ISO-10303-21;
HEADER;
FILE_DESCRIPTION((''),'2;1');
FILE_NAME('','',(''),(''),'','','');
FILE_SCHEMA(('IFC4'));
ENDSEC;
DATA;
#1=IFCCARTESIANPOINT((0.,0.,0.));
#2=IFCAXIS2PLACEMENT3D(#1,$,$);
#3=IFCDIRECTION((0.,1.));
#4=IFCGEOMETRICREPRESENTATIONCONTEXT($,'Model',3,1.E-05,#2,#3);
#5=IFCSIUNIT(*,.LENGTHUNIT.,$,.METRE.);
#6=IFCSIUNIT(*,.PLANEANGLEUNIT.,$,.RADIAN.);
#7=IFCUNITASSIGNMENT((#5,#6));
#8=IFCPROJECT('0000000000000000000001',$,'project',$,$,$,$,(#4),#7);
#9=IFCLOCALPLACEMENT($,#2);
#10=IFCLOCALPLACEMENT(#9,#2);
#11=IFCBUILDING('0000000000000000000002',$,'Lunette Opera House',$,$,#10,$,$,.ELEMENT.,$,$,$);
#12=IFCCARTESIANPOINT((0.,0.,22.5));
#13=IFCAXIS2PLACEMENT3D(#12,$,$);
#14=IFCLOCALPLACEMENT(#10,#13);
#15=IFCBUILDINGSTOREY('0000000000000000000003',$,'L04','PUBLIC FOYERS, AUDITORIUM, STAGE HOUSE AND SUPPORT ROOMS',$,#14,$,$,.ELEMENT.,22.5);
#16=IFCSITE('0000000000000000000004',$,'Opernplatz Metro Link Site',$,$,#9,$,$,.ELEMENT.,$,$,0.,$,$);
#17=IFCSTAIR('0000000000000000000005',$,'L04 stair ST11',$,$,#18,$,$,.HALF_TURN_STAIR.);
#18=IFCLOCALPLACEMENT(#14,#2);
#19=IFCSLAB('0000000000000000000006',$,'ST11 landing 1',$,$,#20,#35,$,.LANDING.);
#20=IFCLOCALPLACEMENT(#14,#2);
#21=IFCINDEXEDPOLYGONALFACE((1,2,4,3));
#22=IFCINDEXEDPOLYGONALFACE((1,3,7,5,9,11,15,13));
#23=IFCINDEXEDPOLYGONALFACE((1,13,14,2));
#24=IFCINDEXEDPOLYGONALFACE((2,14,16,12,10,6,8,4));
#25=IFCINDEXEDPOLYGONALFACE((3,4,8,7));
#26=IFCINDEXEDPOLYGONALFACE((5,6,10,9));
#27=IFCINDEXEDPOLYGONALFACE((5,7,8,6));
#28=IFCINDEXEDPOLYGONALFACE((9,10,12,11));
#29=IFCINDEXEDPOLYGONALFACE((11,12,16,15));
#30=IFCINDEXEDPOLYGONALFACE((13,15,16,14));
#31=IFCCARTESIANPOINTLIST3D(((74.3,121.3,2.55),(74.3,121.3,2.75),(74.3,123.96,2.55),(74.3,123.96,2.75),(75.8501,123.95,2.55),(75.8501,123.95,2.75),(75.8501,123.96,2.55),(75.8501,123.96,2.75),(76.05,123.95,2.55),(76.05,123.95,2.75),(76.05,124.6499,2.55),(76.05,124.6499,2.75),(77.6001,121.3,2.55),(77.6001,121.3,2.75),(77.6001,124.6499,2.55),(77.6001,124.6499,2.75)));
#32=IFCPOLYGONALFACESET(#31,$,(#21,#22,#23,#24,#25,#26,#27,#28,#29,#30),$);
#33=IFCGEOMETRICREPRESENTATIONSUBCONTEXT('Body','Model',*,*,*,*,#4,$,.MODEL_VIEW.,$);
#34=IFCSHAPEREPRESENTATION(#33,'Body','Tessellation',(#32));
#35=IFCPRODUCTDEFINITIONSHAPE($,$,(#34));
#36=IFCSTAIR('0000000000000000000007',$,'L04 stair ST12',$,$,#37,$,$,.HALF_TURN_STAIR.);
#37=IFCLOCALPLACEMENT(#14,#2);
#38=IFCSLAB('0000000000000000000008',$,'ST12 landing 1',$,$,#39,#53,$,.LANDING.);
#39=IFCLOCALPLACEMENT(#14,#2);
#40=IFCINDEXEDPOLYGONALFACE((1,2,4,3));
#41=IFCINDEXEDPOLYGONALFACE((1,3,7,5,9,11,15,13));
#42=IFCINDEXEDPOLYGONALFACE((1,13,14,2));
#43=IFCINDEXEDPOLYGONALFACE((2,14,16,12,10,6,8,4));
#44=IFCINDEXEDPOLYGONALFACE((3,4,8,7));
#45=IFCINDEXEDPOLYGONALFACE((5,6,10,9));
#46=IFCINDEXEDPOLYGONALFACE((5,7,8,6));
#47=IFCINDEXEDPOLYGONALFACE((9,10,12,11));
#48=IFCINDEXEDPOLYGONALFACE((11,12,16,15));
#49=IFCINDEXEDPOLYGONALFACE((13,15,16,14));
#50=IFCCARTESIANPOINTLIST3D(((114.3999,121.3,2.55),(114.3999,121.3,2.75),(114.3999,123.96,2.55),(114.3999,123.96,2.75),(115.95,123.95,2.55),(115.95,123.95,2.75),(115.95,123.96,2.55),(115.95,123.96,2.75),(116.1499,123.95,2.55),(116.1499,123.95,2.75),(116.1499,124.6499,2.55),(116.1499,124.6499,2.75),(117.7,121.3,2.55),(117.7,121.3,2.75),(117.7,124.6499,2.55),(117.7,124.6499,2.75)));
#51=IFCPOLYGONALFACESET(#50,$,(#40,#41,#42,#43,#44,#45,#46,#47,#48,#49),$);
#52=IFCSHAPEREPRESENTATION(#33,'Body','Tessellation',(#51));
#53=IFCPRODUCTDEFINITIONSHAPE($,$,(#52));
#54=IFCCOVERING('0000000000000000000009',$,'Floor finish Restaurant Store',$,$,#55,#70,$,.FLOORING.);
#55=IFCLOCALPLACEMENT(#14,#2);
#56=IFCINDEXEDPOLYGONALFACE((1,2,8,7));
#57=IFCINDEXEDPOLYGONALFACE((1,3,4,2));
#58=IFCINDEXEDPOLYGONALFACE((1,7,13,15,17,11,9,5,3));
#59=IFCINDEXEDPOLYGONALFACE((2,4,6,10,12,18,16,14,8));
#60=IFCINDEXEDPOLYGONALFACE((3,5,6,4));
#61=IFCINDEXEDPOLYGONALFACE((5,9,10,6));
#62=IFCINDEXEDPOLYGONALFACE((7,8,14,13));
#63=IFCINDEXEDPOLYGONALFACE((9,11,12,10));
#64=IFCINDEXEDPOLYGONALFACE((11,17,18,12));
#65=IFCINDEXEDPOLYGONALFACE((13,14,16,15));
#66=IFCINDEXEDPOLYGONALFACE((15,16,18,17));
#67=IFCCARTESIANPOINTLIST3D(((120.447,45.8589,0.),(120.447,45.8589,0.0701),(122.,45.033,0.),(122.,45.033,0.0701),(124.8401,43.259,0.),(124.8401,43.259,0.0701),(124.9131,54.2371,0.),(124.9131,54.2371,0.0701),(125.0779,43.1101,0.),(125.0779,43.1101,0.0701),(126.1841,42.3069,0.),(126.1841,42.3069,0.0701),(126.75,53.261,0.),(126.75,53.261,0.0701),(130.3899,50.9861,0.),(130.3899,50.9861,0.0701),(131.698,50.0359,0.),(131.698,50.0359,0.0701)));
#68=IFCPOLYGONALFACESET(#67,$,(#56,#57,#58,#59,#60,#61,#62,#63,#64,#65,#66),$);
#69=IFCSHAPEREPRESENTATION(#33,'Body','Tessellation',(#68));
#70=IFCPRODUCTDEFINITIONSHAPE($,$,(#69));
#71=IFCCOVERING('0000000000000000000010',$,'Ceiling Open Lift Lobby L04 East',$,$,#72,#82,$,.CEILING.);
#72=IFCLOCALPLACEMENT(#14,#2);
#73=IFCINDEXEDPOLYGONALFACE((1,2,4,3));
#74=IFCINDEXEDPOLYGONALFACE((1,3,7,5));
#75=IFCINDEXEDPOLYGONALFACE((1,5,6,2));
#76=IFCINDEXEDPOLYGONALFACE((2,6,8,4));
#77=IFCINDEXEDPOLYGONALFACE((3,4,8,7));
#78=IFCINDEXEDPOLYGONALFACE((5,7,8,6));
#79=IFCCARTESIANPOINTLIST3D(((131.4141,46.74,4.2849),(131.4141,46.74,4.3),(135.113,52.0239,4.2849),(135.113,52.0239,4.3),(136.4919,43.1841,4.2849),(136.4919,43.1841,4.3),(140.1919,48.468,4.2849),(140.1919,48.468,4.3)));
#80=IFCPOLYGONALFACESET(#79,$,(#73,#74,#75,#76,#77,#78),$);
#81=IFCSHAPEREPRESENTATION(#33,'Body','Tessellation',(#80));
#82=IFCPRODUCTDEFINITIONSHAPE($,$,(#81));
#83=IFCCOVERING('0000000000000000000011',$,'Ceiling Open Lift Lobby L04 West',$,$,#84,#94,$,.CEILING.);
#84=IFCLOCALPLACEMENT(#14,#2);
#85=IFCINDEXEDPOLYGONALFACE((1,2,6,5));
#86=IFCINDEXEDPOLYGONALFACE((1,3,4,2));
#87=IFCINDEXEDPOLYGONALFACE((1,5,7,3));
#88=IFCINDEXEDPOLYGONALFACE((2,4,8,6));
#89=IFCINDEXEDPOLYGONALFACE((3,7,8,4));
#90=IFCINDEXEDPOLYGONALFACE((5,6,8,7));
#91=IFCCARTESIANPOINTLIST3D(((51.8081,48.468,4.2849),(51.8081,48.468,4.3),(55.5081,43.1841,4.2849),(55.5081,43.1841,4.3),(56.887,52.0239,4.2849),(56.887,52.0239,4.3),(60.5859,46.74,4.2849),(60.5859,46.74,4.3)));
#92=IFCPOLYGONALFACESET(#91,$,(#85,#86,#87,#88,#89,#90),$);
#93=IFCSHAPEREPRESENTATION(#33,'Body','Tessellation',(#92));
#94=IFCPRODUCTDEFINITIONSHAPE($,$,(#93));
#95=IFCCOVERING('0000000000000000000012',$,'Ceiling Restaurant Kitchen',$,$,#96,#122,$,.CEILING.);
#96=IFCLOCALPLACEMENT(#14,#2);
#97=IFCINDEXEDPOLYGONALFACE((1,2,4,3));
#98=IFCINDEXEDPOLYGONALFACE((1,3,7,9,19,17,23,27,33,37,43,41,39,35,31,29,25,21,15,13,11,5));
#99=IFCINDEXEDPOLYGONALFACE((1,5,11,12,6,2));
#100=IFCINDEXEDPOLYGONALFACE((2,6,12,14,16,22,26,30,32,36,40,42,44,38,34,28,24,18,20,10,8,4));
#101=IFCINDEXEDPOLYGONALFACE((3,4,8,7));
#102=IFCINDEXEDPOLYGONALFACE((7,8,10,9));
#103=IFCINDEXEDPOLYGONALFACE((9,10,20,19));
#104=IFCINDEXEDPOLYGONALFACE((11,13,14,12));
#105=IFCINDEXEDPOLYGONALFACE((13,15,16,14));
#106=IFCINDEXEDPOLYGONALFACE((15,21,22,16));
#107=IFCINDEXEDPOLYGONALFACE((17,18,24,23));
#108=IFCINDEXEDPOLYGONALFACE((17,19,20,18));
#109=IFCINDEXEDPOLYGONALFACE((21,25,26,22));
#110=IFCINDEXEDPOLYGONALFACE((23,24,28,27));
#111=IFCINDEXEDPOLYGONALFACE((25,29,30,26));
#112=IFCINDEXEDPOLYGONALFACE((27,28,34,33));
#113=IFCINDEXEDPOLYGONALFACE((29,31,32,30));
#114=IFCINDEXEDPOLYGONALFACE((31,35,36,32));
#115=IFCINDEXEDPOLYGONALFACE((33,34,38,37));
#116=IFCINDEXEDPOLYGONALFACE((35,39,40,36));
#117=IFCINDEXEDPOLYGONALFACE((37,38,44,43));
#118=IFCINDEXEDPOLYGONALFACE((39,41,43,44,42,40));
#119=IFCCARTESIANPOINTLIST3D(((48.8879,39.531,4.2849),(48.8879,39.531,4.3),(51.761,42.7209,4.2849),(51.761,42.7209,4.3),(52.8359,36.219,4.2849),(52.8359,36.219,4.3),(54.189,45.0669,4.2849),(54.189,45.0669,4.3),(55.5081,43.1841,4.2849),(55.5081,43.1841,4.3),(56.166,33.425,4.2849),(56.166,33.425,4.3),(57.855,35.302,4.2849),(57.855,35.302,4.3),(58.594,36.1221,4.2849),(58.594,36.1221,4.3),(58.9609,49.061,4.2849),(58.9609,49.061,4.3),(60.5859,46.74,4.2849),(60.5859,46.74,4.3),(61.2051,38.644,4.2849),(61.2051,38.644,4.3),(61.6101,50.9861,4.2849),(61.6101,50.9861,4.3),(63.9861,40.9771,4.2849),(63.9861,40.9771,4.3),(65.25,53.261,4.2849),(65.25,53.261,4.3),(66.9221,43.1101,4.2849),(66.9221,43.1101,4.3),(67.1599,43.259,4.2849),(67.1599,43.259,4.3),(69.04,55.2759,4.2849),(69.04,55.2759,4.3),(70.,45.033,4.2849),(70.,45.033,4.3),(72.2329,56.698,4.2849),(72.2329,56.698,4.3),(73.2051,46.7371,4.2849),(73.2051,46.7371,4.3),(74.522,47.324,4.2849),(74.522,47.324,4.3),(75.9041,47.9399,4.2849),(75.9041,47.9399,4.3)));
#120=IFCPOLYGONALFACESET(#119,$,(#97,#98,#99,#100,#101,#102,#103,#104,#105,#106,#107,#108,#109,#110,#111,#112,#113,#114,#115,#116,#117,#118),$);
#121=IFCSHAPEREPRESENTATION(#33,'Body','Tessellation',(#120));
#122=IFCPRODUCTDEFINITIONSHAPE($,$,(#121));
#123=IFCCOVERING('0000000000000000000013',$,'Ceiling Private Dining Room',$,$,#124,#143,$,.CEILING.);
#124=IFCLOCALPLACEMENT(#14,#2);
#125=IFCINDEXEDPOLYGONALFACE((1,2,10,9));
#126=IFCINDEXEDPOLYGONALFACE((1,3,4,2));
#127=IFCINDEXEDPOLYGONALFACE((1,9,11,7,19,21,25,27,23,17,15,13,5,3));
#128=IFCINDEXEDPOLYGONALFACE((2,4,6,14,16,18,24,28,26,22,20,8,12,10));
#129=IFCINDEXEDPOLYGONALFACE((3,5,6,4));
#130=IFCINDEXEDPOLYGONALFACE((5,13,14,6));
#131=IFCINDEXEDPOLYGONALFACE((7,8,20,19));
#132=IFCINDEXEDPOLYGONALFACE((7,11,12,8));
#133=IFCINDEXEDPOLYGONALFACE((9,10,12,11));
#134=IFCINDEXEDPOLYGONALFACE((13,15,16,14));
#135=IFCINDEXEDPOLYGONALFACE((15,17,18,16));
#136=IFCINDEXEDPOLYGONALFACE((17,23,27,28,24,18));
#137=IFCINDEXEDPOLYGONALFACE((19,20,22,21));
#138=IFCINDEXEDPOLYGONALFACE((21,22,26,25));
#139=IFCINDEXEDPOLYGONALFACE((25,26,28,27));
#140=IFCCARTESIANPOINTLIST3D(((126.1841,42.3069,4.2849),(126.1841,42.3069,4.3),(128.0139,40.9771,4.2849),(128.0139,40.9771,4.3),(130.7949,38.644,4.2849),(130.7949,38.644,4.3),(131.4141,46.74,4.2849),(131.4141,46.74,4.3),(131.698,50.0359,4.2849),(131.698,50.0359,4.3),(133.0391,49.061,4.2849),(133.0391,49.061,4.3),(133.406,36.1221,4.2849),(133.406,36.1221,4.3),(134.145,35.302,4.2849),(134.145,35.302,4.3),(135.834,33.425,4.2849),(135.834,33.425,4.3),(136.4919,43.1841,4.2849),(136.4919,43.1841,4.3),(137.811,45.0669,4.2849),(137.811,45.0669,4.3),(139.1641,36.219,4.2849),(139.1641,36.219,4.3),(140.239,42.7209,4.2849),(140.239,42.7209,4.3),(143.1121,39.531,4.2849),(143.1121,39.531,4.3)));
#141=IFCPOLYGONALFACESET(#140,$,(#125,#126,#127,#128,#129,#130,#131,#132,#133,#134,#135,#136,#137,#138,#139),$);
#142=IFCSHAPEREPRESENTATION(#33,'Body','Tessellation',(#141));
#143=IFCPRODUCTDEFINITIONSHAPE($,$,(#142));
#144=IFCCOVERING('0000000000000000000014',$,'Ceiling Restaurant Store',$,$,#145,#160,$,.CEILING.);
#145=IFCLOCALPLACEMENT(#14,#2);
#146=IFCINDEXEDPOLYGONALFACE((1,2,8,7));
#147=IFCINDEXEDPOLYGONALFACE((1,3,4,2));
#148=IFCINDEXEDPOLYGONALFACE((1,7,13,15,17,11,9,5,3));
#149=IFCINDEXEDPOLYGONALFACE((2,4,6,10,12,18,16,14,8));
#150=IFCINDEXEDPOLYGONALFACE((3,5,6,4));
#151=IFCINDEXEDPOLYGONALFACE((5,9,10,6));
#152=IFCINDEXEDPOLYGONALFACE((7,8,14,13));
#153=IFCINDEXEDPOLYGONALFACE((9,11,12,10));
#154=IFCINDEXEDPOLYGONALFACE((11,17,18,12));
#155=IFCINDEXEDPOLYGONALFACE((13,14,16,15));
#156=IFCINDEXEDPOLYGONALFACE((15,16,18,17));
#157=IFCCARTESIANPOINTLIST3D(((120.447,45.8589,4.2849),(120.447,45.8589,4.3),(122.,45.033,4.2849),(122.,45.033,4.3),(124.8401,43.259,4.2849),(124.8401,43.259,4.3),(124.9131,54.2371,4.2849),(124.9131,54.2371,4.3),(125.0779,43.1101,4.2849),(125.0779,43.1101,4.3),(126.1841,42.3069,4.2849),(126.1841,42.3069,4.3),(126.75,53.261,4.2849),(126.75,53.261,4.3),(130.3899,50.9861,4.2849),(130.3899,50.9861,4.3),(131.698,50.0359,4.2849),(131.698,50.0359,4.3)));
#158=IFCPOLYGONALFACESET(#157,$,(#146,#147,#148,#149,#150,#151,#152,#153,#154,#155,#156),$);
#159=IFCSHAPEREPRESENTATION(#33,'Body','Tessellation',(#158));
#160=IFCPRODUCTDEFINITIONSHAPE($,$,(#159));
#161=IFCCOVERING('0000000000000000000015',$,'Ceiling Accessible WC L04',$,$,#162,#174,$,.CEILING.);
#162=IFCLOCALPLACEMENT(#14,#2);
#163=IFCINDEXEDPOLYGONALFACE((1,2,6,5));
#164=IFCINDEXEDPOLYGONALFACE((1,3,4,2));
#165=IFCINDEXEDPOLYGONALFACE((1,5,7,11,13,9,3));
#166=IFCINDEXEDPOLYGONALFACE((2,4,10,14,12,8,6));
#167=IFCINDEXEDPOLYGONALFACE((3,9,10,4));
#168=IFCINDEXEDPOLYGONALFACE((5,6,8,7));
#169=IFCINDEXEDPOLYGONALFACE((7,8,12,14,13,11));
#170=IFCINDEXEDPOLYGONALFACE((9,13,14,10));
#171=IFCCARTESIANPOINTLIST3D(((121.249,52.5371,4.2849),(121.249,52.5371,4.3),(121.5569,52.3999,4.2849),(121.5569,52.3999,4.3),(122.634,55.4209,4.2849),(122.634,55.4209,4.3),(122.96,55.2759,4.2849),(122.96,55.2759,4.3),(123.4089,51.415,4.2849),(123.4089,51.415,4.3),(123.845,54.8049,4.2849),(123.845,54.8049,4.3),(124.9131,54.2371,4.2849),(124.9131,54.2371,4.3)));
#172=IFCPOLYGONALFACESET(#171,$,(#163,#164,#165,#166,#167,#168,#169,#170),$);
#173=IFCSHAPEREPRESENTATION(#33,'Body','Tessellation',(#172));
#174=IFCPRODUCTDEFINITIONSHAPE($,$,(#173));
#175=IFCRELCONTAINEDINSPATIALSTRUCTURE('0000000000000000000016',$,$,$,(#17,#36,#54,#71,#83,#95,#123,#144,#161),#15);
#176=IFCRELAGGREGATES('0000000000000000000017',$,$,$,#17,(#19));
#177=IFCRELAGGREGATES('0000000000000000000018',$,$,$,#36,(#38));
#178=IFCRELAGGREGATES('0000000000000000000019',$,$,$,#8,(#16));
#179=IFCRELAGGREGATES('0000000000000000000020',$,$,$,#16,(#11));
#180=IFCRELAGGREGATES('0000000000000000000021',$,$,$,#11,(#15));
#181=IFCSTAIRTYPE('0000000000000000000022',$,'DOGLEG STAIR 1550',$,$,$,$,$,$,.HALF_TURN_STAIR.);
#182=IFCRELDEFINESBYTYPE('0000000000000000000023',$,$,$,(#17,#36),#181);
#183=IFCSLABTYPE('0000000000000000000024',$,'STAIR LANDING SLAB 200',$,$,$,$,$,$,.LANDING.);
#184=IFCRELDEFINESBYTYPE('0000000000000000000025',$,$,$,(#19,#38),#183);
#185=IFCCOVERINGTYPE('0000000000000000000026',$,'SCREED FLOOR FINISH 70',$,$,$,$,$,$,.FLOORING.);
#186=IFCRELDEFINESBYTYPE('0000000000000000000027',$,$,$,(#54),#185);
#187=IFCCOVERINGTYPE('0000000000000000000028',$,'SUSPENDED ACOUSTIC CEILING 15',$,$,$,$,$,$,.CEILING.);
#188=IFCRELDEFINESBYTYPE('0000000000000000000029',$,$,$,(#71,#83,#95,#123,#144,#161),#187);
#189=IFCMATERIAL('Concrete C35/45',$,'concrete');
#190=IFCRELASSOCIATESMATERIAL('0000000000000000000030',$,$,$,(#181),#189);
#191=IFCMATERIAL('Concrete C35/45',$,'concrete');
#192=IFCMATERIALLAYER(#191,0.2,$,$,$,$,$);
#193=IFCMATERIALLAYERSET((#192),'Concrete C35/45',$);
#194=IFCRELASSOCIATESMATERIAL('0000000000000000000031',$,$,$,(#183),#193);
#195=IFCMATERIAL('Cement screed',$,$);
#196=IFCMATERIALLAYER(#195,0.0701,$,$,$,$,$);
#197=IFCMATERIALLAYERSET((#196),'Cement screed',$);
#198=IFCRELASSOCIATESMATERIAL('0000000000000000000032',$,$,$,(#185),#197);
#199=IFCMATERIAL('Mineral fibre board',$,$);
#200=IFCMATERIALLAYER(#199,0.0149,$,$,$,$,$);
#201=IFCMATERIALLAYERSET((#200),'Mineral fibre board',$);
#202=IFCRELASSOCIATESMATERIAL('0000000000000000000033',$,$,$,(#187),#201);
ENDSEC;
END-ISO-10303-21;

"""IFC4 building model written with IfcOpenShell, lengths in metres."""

from ifc_helpers import new_model, si_unit, direction, frame, origin, place, context, subcontext, project, spatial, polyline, outline, extrude, material, layer, layer_set, type_object, element, aggregate, save


model = new_model("IFC4")

# Units and contexts
model_context = context("Model", 3, precision=1e-05, world=origin(), true_north=direction((0.0, 1.0)))
body_context = subcontext(model_context, "Body", "Model", "MODEL_VIEW")
ifc_project = project(units=[si_unit("LENGTHUNIT", "METRE"), si_unit("PLANEANGLEUNIT", "RADIAN")], contexts=[model_context])

# Site, building, storey
site_placement = place(None, origin())
site = spatial("IfcSite", under=ifc_project, at=site_placement, Name="Opernplatz Metro Link Site", CompositionType="ELEMENT", RefElevation=0.0)
building_placement = place(site_placement, origin())
building = spatial("IfcBuilding", under=site, at=building_placement, Name="Lunette Opera House", CompositionType="ELEMENT")
storey_placement = place(building_placement, frame((0.0, 0.0, 22.5)))
storey = spatial("IfcBuildingStorey", under=building, at=storey_placement, Name="L04", Description="PUBLIC FOYERS, AUDITORIUM, STAGE HOUSE AND SUPPORT ROOMS", CompositionType="ELEMENT", Elevation=22.5)

# Stairs, slabs
ifc_material_1 = material(Name="Concrete C35/45", Category="concrete")
stair_type = type_object("IfcStairType", Name="DOGLEG STAIR 1550", PredefinedType="HALF_TURN_STAIR", material=ifc_material_1)
stair_1_placement = place(storey_placement, origin())
stair_1 = element("IfcStair", 1, at=stair_1_placement, inside=storey, type_object=stair_type, Name="L04 stair ST11", PredefinedType="HALF_TURN_STAIR")
ifc_material_2 = material(Name="Concrete C35/45", Category="concrete")
ifc_layer_1 = layer(ifc_material_2, 0.2)
ifc_layer_set_1 = layer_set([ifc_layer_1], Name="Concrete C35/45")
slab_type = type_object("IfcSlabType", Name="STAIR LANDING SLAB 200", PredefinedType="LANDING", material=ifc_layer_set_1)
slab_1_placement = place(storey_placement, frame((0.0, 0.0, 2.55)))
slab_1 = element("IfcSlab", 2, at=slab_1_placement, type_object=slab_type, Name="ST11 landing 1", PredefinedType="LANDING", context=body_context, shape_type="SweptSolid", body=[
    extrude(outline(polyline([(74.3, 121.3), (74.3, 123.96), (75.8501, 123.96), (75.8501, 123.95), (76.05, 123.95), (76.05, 124.6499), (77.6001, 124.6499), (77.6001, 121.3), (74.3, 121.3)])), origin(), (0.0, 0.0, 1.0), 0.2),
])
aggregate(stair_1, [slab_1])
stair_2_placement = place(storey_placement, origin())
stair_2 = element("IfcStair", 3, at=stair_2_placement, inside=storey, type_object=stair_type, Name="L04 stair ST12", PredefinedType="HALF_TURN_STAIR")
slab_2_placement = place(storey_placement, frame((0.0, 0.0, 2.55)))
slab_2 = element("IfcSlab", 4, at=slab_2_placement, type_object=slab_type, Name="ST12 landing 1", PredefinedType="LANDING", context=body_context, shape_type="SweptSolid", body=[
    extrude(outline(polyline([(114.3999, 121.3), (114.3999, 123.96), (115.95, 123.96), (115.95, 123.95), (116.1499, 123.95), (116.1499, 124.6499), (117.7, 124.6499), (117.7, 121.3), (114.3999, 121.3)])), origin(), (0.0, 0.0, 1.0), 0.2),
])
aggregate(stair_2, [slab_2])

# Coverings
ifc_material_3 = material(Name="Cement screed")
ifc_layer_2 = layer(ifc_material_3, 0.0701)
ifc_layer_set_2 = layer_set([ifc_layer_2], Name="Cement screed")
covering_type_1 = type_object("IfcCoveringType", Name="SCREED FLOOR FINISH 70", PredefinedType="FLOORING", material=ifc_layer_set_2)
covering_1_placement = place(storey_placement, origin())
element("IfcCovering", 5, at=covering_1_placement, inside=storey, type_object=covering_type_1, Name="Floor finish Restaurant Store", PredefinedType="FLOORING", context=body_context, shape_type="SweptSolid", body=[
    extrude(outline(polyline([(122.0, 45.033), (120.447, 45.8589), (124.9131, 54.2371), (126.75, 53.261), (130.3899, 50.9861), (131.698, 50.0359), (126.1841, 42.3069), (125.0779, 43.1101), (124.8401, 43.259), (122.0, 45.033)])), origin(), (0.0, 0.0, 1.0), 0.0701),
])
ifc_material_4 = material(Name="Mineral fibre board")
ifc_layer_3 = layer(ifc_material_4, 0.0149)
ifc_layer_set_3 = layer_set([ifc_layer_3], Name="Mineral fibre board")
covering_type_2 = type_object("IfcCoveringType", Name="SUSPENDED ACOUSTIC CEILING 15", PredefinedType="CEILING", material=ifc_layer_set_3)
covering_2_placement = place(storey_placement, frame((0.0, 0.0, 4.2849)))
element("IfcCovering", 6, at=covering_2_placement, inside=storey, type_object=covering_type_2, Name="Ceiling Open Lift Lobby L04 East", PredefinedType="CEILING", context=body_context, shape_type="SweptSolid", body=[
    extrude(outline(polyline([(131.4141, 46.74), (136.4919, 43.1841), (140.1919, 48.468), (135.113, 52.0239), (131.4141, 46.74)])), origin(), (0.0, 0.0, 1.0), 0.0151),
])
covering_3_placement = place(storey_placement, frame((0.0, 0.0, 4.2849)))
element("IfcCovering", 7, at=covering_3_placement, inside=storey, type_object=covering_type_2, Name="Ceiling Open Lift Lobby L04 West", PredefinedType="CEILING", context=body_context, shape_type="SweptSolid", body=[
    extrude(outline(polyline([(60.5859, 46.74), (56.887, 52.0239), (51.8081, 48.468), (55.5081, 43.1841), (60.5859, 46.74)])), origin(), (0.0, 0.0, 1.0), 0.0151),
])
covering_4_placement = place(storey_placement, frame((0.0, 0.0, 4.2849)))
element("IfcCovering", 8, at=covering_4_placement, inside=storey, type_object=covering_type_2, Name="Ceiling Restaurant Kitchen", PredefinedType="CEILING", context=body_context, shape_type="SweptSolid", body=[
    extrude(outline(polyline([(73.2051, 46.7371), (70.0, 45.033), (67.1599, 43.259), (66.9221, 43.1101), (63.9861, 40.9771), (61.2051, 38.644), (58.594, 36.1221), (57.855, 35.302), (56.166, 33.425), (52.8359, 36.219), (48.8879, 39.531), (51.761, 42.7209), (54.189, 45.0669), (55.5081, 43.1841), (60.5859, 46.74), (58.9609, 49.061), (61.6101, 50.9861), (65.25, 53.261), (69.04, 55.2759), (72.2329, 56.698), (75.9041, 47.9399), (74.522, 47.324), (73.2051, 46.7371)])), origin(), (0.0, 0.0, 1.0), 0.0151),
])
covering_5_placement = place(storey_placement, frame((0.0, 0.0, 4.2849)))
element("IfcCovering", 9, at=covering_5_placement, inside=storey, type_object=covering_type_2, Name="Ceiling Private Dining Room", PredefinedType="CEILING", context=body_context, shape_type="SweptSolid", body=[
    extrude(outline(polyline([(133.406, 36.1221), (130.7949, 38.644), (128.0139, 40.9771), (126.1841, 42.3069), (131.698, 50.0359), (133.0391, 49.061), (131.4141, 46.74), (136.4919, 43.1841), (137.811, 45.0669), (140.239, 42.7209), (143.1121, 39.531), (139.1641, 36.219), (135.834, 33.425), (134.145, 35.302), (133.406, 36.1221)])), origin(), (0.0, 0.0, 1.0), 0.0151),
])
covering_6_placement = place(storey_placement, frame((0.0, 0.0, 4.2849)))
element("IfcCovering", 10, at=covering_6_placement, inside=storey, type_object=covering_type_2, Name="Ceiling Restaurant Store", PredefinedType="CEILING", context=body_context, shape_type="SweptSolid", body=[
    extrude(outline(polyline([(122.0, 45.033), (120.447, 45.8589), (124.9131, 54.2371), (126.75, 53.261), (130.3899, 50.9861), (131.698, 50.0359), (126.1841, 42.3069), (125.0779, 43.1101), (124.8401, 43.259), (122.0, 45.033)])), origin(), (0.0, 0.0, 1.0), 0.0151),
])
covering_7_placement = place(storey_placement, frame((0.0, 0.0, 4.2849)))
element("IfcCovering", 11, at=covering_7_placement, inside=storey, type_object=covering_type_2, Name="Ceiling Accessible WC L04", PredefinedType="CEILING", context=body_context, shape_type="SweptSolid", body=[
    extrude(outline(polyline([(122.96, 55.2759), (123.845, 54.8049), (124.9131, 54.2371), (123.4089, 51.415), (121.5569, 52.3999), (121.249, 52.5371), (122.634, 55.4209), (122.96, 55.2759)])), origin(), (0.0, 0.0, 1.0), 0.0151),
])

save(model, "model.ifc")
